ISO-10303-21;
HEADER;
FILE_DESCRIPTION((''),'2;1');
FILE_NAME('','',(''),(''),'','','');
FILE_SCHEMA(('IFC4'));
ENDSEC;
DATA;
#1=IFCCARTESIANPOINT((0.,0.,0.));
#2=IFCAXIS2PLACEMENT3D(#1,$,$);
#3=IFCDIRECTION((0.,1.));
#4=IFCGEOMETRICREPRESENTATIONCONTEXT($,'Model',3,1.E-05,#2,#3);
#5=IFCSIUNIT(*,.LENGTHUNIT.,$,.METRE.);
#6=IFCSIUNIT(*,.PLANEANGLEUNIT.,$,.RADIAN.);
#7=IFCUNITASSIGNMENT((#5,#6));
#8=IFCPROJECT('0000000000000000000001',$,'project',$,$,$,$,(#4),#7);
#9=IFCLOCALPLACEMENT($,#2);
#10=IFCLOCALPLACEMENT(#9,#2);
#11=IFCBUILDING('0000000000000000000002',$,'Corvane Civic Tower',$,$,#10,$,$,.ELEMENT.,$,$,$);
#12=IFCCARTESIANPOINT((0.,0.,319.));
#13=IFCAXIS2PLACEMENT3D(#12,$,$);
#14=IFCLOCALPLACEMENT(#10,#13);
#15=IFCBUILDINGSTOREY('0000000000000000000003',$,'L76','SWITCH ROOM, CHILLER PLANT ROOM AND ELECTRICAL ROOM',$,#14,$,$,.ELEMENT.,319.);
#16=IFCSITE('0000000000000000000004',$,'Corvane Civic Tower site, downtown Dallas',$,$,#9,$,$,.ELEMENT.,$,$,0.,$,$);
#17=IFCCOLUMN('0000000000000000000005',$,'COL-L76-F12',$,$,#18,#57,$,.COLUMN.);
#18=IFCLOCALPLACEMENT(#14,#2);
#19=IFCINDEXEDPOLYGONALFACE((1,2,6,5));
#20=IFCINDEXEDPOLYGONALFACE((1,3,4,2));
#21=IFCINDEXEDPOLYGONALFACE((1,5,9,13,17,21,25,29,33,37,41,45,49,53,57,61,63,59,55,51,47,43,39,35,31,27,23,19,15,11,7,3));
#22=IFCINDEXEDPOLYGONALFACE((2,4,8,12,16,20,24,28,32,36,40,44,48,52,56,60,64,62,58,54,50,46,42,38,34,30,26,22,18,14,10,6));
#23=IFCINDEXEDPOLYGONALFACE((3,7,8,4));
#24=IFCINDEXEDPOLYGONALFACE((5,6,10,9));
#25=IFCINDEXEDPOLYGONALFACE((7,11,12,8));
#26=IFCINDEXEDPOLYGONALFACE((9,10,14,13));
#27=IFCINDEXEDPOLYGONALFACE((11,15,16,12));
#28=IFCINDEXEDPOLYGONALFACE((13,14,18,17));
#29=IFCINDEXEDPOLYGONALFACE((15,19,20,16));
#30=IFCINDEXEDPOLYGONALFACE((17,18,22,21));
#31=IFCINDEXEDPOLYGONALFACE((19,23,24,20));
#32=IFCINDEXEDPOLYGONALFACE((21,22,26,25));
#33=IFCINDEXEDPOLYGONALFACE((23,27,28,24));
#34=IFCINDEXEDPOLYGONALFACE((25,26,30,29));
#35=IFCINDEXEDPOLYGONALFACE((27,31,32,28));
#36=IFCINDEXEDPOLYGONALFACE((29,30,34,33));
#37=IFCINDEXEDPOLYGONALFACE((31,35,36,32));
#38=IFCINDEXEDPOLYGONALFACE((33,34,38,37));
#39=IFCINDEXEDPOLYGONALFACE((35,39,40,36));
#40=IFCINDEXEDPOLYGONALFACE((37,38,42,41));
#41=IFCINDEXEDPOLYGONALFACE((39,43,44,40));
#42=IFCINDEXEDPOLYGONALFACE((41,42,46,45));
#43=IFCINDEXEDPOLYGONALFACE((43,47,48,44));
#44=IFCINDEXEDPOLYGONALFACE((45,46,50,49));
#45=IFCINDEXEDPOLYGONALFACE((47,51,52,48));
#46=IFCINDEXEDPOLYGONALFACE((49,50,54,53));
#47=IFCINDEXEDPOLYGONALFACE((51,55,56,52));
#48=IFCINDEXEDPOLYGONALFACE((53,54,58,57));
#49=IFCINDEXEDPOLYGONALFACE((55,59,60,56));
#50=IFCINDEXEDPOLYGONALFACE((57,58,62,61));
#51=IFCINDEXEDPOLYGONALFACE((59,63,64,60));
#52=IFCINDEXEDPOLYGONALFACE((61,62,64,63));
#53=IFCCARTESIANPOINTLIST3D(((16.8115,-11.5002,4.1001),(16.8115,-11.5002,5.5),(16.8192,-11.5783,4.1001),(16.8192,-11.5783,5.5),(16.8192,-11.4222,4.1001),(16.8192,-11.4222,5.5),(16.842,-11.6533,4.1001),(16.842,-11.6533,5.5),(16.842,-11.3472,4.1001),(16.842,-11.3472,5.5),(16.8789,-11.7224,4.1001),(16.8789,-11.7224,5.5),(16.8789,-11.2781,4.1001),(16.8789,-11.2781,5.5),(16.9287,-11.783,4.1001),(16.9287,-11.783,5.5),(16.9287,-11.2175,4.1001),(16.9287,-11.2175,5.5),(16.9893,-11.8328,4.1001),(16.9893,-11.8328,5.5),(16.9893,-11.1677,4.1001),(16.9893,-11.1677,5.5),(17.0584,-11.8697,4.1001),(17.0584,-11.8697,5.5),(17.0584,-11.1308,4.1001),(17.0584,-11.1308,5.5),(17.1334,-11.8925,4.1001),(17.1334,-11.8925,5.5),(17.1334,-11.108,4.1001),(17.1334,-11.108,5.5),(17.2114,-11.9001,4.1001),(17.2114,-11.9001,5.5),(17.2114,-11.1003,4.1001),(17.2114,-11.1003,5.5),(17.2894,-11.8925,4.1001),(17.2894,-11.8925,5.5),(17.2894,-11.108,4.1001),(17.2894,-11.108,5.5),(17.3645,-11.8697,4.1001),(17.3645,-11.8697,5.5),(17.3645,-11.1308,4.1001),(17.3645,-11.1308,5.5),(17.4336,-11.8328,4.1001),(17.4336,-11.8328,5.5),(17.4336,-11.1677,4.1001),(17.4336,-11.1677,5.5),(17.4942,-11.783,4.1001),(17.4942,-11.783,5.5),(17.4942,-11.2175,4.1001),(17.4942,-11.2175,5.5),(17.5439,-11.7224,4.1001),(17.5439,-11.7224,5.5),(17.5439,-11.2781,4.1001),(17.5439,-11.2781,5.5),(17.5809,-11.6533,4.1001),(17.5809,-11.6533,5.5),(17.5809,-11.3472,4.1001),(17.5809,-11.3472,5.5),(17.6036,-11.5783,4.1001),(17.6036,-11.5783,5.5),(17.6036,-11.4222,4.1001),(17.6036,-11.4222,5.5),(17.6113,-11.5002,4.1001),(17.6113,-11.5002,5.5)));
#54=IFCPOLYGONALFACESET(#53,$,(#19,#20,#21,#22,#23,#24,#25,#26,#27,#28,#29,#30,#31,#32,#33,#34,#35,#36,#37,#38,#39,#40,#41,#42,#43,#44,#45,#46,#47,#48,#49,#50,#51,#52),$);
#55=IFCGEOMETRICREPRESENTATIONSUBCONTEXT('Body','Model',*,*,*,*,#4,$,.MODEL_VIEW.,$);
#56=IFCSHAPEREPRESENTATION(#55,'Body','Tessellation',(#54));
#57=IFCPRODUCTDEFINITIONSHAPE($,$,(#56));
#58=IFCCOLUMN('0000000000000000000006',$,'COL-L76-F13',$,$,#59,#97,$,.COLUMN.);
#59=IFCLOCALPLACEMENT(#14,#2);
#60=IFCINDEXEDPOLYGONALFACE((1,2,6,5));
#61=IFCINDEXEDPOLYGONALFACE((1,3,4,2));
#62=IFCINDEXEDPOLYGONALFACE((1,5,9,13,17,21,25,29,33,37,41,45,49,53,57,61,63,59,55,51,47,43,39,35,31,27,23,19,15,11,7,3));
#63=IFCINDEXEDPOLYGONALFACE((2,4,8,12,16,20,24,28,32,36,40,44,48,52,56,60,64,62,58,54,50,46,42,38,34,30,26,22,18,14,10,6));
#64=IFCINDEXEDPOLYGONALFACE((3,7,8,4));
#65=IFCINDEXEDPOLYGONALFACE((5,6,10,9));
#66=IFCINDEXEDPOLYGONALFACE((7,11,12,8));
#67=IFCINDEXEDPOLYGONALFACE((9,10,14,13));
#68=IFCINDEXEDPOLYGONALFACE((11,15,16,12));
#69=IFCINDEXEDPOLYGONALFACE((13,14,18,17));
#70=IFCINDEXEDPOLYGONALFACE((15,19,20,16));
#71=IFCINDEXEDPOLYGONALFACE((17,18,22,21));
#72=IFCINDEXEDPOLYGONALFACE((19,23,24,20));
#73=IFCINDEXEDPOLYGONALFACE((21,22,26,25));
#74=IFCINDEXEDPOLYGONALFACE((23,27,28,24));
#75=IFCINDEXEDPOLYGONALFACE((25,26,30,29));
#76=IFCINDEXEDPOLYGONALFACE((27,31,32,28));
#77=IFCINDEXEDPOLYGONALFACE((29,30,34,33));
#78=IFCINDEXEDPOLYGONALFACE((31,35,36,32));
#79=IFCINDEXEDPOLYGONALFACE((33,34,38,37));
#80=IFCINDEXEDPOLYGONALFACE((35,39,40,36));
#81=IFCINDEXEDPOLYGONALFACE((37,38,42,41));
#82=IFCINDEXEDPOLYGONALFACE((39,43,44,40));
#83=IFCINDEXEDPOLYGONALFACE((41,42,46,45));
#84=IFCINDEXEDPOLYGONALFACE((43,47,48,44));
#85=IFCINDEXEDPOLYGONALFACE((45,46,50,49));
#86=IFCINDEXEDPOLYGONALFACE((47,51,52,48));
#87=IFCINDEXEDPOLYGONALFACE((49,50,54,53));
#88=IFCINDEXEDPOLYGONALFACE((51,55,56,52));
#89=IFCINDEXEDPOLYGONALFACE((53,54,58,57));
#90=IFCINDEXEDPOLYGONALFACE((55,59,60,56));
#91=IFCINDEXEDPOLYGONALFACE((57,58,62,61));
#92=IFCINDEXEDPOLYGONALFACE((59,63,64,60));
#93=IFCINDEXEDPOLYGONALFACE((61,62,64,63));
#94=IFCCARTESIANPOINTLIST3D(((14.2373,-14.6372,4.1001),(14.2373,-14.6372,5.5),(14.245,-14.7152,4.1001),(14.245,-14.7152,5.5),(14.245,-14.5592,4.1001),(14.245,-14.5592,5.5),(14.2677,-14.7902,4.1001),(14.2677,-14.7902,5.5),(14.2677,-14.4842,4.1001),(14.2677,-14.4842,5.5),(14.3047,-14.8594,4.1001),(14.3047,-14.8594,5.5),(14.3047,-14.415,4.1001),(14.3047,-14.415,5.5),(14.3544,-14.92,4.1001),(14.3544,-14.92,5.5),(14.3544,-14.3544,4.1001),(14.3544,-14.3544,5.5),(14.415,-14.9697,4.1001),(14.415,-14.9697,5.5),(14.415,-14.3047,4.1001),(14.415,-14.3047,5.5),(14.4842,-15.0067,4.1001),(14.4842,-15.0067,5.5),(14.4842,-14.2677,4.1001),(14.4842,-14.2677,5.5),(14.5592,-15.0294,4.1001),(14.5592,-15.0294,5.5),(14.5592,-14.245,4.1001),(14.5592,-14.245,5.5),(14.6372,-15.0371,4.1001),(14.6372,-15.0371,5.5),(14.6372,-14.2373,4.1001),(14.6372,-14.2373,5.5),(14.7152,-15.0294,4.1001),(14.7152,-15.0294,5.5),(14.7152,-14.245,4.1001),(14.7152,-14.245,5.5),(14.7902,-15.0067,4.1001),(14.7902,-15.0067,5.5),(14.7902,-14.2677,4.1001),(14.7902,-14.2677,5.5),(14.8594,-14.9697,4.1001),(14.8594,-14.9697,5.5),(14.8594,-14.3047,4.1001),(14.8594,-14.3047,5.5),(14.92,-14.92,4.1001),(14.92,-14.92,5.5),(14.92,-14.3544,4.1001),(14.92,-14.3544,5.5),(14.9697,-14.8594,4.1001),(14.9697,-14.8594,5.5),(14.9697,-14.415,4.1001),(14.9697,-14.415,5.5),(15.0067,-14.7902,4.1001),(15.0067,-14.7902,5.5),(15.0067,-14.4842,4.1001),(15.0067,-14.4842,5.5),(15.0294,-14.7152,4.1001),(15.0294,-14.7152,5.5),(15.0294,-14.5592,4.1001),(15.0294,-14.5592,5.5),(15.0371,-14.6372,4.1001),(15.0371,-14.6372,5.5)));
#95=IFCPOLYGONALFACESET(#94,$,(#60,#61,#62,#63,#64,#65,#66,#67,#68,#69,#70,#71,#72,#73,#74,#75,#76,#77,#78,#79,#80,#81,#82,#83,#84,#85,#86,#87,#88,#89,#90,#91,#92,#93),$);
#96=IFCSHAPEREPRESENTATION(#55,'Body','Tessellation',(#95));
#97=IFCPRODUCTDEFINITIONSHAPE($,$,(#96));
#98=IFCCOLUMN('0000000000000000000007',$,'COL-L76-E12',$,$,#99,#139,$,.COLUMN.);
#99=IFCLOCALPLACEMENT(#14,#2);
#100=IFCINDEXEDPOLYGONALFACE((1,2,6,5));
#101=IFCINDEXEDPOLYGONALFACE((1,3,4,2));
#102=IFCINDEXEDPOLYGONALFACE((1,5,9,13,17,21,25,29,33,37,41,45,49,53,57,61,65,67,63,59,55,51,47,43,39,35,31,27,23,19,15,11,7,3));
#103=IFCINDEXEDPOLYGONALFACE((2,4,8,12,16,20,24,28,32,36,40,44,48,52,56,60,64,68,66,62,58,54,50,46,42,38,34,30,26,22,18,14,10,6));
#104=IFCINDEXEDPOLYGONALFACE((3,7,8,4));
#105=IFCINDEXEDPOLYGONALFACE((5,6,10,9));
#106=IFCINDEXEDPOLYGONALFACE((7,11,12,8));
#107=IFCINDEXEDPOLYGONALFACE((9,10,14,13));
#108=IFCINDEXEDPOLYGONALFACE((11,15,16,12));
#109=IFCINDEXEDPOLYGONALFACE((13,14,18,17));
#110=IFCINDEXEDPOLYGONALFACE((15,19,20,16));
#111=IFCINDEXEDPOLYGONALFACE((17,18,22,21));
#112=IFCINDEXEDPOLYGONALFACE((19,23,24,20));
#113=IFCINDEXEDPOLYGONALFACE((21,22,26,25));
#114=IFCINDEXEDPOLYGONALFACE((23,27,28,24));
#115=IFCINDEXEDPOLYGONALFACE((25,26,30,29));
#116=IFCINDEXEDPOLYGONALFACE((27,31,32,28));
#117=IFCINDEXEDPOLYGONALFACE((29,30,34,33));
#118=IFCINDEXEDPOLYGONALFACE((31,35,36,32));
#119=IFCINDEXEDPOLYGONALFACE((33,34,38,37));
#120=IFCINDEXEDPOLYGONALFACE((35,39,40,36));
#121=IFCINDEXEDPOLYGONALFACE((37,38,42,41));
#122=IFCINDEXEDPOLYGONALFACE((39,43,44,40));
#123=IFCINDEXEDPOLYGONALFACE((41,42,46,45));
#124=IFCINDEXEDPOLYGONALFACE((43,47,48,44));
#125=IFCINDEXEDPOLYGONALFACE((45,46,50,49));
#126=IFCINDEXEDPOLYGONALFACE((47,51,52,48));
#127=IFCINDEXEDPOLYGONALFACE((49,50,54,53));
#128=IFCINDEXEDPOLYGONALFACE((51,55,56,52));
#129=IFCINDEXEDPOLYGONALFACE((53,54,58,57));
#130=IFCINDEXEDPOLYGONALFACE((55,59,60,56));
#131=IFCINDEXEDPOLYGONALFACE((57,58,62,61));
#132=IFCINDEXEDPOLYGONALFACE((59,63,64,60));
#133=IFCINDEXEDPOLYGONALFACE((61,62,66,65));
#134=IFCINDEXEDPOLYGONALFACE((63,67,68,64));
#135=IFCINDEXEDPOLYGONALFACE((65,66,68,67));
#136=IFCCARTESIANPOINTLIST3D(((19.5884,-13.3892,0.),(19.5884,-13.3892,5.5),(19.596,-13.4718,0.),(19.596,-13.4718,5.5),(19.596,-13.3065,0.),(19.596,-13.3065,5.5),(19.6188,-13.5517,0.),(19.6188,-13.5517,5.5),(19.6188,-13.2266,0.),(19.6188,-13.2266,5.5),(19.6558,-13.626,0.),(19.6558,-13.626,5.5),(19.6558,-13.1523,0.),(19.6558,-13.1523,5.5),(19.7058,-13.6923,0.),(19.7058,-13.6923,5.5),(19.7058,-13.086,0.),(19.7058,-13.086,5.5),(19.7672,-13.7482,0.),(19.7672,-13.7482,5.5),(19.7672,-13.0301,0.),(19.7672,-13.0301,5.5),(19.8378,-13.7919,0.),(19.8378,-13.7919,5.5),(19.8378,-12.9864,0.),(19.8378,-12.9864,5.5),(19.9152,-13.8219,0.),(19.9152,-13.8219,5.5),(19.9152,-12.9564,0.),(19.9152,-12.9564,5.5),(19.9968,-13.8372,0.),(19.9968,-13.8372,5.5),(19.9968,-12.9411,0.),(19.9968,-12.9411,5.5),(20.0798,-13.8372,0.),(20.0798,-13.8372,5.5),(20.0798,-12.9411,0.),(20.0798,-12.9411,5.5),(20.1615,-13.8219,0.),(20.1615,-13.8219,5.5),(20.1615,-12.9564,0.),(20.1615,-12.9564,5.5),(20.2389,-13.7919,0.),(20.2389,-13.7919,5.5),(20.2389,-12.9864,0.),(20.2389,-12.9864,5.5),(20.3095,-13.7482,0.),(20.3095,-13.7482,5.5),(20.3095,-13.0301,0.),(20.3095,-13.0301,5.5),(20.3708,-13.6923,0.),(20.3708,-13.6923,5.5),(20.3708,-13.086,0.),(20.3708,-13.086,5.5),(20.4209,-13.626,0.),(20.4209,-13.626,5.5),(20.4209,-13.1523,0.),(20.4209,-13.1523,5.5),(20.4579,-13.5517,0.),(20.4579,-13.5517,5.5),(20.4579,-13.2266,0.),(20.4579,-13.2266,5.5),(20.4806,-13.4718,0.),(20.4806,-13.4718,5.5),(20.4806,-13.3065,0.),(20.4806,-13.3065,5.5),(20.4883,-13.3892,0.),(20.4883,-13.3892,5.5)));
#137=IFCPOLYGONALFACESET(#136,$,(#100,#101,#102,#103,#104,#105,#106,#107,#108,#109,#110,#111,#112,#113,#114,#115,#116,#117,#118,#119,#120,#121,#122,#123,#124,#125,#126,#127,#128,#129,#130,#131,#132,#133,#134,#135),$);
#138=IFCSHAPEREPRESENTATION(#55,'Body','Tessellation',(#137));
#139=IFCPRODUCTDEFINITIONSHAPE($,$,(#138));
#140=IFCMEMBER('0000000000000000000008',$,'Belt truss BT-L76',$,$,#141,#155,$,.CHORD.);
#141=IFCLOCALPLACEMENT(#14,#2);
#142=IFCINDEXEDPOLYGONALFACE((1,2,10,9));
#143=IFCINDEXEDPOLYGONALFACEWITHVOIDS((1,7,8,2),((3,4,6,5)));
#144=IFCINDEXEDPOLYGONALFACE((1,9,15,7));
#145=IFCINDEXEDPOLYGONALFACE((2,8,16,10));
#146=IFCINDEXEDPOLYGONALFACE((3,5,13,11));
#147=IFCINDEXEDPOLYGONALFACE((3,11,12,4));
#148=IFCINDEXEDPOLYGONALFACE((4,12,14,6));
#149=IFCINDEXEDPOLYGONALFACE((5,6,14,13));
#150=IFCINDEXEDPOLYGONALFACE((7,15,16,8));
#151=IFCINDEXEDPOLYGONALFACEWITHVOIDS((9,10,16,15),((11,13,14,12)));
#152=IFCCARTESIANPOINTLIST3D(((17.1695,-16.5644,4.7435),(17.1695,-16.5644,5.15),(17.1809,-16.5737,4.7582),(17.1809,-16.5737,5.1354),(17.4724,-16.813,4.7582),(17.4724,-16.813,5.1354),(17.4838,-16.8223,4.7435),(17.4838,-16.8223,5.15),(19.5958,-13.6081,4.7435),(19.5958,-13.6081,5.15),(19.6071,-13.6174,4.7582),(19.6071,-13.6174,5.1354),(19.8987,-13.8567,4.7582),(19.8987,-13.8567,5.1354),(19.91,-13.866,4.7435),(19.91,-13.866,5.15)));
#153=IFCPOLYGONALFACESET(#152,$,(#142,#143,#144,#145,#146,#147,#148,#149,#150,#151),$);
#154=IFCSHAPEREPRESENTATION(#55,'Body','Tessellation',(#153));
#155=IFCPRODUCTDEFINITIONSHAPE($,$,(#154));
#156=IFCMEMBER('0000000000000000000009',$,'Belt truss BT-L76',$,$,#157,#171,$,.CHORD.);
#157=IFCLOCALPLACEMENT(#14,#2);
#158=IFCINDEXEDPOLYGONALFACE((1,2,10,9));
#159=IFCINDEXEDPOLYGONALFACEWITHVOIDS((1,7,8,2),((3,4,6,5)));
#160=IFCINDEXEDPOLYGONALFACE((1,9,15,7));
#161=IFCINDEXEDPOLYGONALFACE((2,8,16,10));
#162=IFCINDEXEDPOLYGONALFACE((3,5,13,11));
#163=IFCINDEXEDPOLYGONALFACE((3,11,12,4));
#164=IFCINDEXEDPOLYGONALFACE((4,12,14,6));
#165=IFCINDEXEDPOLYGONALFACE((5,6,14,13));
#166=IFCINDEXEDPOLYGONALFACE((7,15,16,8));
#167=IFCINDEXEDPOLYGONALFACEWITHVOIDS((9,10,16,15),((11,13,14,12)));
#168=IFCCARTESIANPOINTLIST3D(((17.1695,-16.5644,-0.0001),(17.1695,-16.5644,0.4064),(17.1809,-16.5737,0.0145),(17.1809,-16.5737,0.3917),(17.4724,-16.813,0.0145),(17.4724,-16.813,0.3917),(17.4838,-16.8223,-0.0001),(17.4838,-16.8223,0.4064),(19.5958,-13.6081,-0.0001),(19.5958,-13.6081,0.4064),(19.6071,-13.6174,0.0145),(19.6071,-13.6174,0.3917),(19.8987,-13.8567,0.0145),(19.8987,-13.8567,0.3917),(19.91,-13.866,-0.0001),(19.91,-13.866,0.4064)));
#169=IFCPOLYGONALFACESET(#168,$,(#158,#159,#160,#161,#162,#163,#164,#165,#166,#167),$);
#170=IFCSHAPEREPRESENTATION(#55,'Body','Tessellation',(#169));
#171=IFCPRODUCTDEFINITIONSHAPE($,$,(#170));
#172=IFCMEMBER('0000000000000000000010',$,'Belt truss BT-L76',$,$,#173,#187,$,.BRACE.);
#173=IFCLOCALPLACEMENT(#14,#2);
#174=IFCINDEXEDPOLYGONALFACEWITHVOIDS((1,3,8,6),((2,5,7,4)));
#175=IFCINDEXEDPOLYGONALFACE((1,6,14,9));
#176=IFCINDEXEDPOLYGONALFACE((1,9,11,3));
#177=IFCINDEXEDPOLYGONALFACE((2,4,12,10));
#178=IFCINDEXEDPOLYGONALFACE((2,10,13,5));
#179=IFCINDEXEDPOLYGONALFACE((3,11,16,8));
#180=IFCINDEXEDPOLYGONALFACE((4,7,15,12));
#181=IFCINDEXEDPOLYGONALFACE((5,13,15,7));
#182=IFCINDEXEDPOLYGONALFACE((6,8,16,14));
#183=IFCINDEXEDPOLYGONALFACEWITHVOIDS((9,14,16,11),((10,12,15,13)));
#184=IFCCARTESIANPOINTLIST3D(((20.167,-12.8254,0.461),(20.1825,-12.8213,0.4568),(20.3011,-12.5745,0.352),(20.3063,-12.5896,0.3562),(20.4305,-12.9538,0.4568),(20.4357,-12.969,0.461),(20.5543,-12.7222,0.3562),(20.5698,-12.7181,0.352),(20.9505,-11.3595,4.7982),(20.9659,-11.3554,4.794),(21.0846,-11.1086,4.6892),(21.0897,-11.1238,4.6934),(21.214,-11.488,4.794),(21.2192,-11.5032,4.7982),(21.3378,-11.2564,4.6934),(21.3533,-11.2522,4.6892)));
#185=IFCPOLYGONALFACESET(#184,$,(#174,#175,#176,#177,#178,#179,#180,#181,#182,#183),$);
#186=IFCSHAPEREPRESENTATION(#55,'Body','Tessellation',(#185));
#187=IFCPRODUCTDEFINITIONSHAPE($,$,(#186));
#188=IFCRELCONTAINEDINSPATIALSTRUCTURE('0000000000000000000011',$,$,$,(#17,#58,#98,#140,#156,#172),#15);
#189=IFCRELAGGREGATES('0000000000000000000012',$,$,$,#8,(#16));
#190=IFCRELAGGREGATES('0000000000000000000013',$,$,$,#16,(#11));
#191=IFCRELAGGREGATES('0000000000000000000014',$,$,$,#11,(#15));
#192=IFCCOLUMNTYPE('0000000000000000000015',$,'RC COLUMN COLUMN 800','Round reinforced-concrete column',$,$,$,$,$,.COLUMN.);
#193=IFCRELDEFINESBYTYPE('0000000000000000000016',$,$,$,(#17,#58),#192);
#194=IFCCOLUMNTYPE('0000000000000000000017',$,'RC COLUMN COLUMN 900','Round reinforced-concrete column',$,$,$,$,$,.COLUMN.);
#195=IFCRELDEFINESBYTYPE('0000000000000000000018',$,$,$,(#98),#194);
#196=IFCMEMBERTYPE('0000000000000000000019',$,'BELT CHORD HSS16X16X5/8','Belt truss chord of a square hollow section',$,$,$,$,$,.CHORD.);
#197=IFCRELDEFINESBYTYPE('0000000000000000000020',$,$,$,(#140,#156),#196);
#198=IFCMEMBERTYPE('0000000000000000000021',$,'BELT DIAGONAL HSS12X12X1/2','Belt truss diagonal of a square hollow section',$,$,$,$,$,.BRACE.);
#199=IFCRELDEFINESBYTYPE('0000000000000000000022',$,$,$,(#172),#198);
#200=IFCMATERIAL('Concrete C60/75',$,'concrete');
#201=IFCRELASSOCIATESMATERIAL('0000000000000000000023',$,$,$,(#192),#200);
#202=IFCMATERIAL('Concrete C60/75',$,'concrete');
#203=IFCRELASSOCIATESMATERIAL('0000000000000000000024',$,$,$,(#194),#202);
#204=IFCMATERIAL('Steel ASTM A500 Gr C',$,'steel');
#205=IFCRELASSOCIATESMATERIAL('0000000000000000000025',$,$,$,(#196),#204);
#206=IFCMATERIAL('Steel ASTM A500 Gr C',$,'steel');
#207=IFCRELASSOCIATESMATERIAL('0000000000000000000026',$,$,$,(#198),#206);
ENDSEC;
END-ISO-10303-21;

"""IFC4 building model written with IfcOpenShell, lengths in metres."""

from ifc_helpers import new_model, si_unit, direction, frame, origin, origin_2d, place, context, subcontext, project, spatial, hollow_rectangle, circle, extrude, material, material_profile, profile_set, type_object, element, save


model = new_model("IFC4")

# Units and contexts
model_context = context("Model", 3, precision=1e-05, world=origin(), true_north=direction((0.0, 1.0)))
body_context = subcontext(model_context, "Body", "Model", "MODEL_VIEW")
ifc_project = project(units=[si_unit("LENGTHUNIT", "METRE"), si_unit("PLANEANGLEUNIT", "RADIAN")], contexts=[model_context])

# Site, building, storey
site_placement = place(None, origin())
site = spatial("IfcSite", under=ifc_project, at=site_placement, Name="Corvane Civic Tower site, downtown Dallas", CompositionType="ELEMENT", RefElevation=0.0)
building_placement = place(site_placement, origin())
building = spatial("IfcBuilding", under=site, at=building_placement, Name="Corvane Civic Tower", CompositionType="ELEMENT")
storey_placement = place(building_placement, frame((0.0, 0.0, 319.0)))
storey = spatial("IfcBuildingStorey", under=building, at=storey_placement, Name="L76", Description="SWITCH ROOM, CHILLER PLANT ROOM AND ELECTRICAL ROOM", CompositionType="ELEMENT", Elevation=319.0)

# Columns
ifc_material_1 = material(Name="Concrete C60/75", Category="concrete")
ifc_material_profile_1 = material_profile(ifc_material_1, circle(Radius=0.3999, at=origin_2d()), Name="COLUMN 800")
ifc_profile_set_1 = profile_set([ifc_material_profile_1], Name="Concrete C60/75")
column_type_1 = type_object("IfcColumnType", Name="RC COLUMN COLUMN 800", Description="Round reinforced-concrete column", PredefinedType="COLUMN", material=ifc_profile_set_1)
for number, where, z_axis, x_axis, name in (
    (1, (17.2114, -11.5002, 4.1001), (0.0, 0.0, 1.0), (1.0, 0.0, 0.0), "COL-L76-F12"),
    (2, (14.6372, -14.6372, 4.1001), (0.0, 0.0, 1.0), (1.0, 0.0, 0.0), "COL-L76-F13"),
):
    element("IfcColumn", number, at=place(storey_placement, frame(where, z_axis=z_axis, x_axis=x_axis)), inside=storey, type_object=column_type_1, Name=name, PredefinedType="COLUMN", context=body_context, shape_type="SweptSolid", body=[
        extrude(circle(Radius=0.3999, at=origin_2d()), origin(), (0.0, 0.0, 1.0), 1.3999),
    ])
ifc_material_2 = material(Name="Concrete C60/75", Category="concrete")
ifc_material_profile_2 = material_profile(ifc_material_2, circle(Radius=0.45, at=origin_2d()), Name="COLUMN 900")
ifc_profile_set_2 = profile_set([ifc_material_profile_2], Name="Concrete C60/75")
column_type_2 = type_object("IfcColumnType", Name="RC COLUMN COLUMN 900", Description="Round reinforced-concrete column", PredefinedType="COLUMN", material=ifc_profile_set_2)
column_placement = place(storey_placement, frame((20.0383, -13.3892, 0.0), z_axis=(0.0, 0.0, 1.0), x_axis=(1.0, 0.0, 0.0)))
element("IfcColumn", 3, at=column_placement, inside=storey, type_object=column_type_2, Name="COL-L76-E12", PredefinedType="COLUMN", context=body_context, shape_type="SweptSolid", body=[
    extrude(circle(Radius=0.45, at=origin_2d()), origin(), (0.0, 0.0, 1.0), 5.5),
])

# Members
ifc_material_3 = material(Name="Steel ASTM A500 Gr C", Category="steel")
ifc_material_profile_3 = material_profile(ifc_material_3, hollow_rectangle(XDim=0.4065, YDim=0.4065, WallThickness=0.0146, at=origin_2d()), Name="HSS16X16X5/8")
ifc_profile_set_3 = profile_set([ifc_material_profile_3], Name="Steel ASTM A500 Gr C")
member_type_1 = type_object("IfcMemberType", Name="BELT CHORD HSS16X16X5/8", Description="Belt truss chord of a square hollow section", PredefinedType="CHORD", material=ifc_profile_set_3)
for number, where, z_axis, x_axis, name in (
    (4, (19.7529, -13.7371, 4.9468), (-0.634409, -0.772998, 0.0), (0.772998, -0.634409, 0.0), "Belt truss BT-L76"),
    (5, (19.7529, -13.7371, 0.2031), (-0.634409, -0.772998, 0.0), (0.772998, -0.634409, 0.0), "Belt truss BT-L76"),
):
    element("IfcMember", number, at=place(storey_placement, frame(where, z_axis=z_axis, x_axis=x_axis)), inside=storey, type_object=member_type_1, Name=name, PredefinedType="CHORD", context=body_context, shape_type="SweptSolid", body=[
        extrude(hollow_rectangle(XDim=0.4065, YDim=0.4065, WallThickness=0.0146, at=origin_2d()), origin(), (0.0, 0.0, 1.0), 3.8245),
    ])
ifc_material_4 = material(Name="Steel ASTM A500 Gr C", Category="steel")
ifc_material_profile_4 = material_profile(ifc_material_4, hollow_rectangle(XDim=0.3047, YDim=0.3047, WallThickness=0.0117, at=origin_2d()), Name="HSS12X12X1/2")
ifc_profile_set_4 = profile_set([ifc_material_profile_4], Name="Steel ASTM A500 Gr C")
member_type_2 = type_object("IfcMemberType", Name="BELT DIAGONAL HSS12X12X1/2", Description="Belt truss diagonal of a square hollow section", PredefinedType="BRACE", material=ifc_profile_set_4)
for number, where, z_axis, x_axis, name in (
    (6, (20.3684, -12.7717, 0.4065), (0.168675, 0.315589, 0.933784), (-0.881934, 0.471373, 0.0), "Belt truss BT-L76"),
):
    element("IfcMember", number, at=place(storey_placement, frame(where, z_axis=z_axis, x_axis=x_axis)), inside=storey, type_object=member_type_2, Name=name, PredefinedType="BRACE", context=body_context, shape_type="SweptSolid", body=[
        extrude(hollow_rectangle(XDim=0.3047, YDim=0.3047, WallThickness=0.0117, at=origin_2d()), origin(), (0.0, 0.0, 1.0), 4.6448),
    ])

save(model, "model.ifc")
